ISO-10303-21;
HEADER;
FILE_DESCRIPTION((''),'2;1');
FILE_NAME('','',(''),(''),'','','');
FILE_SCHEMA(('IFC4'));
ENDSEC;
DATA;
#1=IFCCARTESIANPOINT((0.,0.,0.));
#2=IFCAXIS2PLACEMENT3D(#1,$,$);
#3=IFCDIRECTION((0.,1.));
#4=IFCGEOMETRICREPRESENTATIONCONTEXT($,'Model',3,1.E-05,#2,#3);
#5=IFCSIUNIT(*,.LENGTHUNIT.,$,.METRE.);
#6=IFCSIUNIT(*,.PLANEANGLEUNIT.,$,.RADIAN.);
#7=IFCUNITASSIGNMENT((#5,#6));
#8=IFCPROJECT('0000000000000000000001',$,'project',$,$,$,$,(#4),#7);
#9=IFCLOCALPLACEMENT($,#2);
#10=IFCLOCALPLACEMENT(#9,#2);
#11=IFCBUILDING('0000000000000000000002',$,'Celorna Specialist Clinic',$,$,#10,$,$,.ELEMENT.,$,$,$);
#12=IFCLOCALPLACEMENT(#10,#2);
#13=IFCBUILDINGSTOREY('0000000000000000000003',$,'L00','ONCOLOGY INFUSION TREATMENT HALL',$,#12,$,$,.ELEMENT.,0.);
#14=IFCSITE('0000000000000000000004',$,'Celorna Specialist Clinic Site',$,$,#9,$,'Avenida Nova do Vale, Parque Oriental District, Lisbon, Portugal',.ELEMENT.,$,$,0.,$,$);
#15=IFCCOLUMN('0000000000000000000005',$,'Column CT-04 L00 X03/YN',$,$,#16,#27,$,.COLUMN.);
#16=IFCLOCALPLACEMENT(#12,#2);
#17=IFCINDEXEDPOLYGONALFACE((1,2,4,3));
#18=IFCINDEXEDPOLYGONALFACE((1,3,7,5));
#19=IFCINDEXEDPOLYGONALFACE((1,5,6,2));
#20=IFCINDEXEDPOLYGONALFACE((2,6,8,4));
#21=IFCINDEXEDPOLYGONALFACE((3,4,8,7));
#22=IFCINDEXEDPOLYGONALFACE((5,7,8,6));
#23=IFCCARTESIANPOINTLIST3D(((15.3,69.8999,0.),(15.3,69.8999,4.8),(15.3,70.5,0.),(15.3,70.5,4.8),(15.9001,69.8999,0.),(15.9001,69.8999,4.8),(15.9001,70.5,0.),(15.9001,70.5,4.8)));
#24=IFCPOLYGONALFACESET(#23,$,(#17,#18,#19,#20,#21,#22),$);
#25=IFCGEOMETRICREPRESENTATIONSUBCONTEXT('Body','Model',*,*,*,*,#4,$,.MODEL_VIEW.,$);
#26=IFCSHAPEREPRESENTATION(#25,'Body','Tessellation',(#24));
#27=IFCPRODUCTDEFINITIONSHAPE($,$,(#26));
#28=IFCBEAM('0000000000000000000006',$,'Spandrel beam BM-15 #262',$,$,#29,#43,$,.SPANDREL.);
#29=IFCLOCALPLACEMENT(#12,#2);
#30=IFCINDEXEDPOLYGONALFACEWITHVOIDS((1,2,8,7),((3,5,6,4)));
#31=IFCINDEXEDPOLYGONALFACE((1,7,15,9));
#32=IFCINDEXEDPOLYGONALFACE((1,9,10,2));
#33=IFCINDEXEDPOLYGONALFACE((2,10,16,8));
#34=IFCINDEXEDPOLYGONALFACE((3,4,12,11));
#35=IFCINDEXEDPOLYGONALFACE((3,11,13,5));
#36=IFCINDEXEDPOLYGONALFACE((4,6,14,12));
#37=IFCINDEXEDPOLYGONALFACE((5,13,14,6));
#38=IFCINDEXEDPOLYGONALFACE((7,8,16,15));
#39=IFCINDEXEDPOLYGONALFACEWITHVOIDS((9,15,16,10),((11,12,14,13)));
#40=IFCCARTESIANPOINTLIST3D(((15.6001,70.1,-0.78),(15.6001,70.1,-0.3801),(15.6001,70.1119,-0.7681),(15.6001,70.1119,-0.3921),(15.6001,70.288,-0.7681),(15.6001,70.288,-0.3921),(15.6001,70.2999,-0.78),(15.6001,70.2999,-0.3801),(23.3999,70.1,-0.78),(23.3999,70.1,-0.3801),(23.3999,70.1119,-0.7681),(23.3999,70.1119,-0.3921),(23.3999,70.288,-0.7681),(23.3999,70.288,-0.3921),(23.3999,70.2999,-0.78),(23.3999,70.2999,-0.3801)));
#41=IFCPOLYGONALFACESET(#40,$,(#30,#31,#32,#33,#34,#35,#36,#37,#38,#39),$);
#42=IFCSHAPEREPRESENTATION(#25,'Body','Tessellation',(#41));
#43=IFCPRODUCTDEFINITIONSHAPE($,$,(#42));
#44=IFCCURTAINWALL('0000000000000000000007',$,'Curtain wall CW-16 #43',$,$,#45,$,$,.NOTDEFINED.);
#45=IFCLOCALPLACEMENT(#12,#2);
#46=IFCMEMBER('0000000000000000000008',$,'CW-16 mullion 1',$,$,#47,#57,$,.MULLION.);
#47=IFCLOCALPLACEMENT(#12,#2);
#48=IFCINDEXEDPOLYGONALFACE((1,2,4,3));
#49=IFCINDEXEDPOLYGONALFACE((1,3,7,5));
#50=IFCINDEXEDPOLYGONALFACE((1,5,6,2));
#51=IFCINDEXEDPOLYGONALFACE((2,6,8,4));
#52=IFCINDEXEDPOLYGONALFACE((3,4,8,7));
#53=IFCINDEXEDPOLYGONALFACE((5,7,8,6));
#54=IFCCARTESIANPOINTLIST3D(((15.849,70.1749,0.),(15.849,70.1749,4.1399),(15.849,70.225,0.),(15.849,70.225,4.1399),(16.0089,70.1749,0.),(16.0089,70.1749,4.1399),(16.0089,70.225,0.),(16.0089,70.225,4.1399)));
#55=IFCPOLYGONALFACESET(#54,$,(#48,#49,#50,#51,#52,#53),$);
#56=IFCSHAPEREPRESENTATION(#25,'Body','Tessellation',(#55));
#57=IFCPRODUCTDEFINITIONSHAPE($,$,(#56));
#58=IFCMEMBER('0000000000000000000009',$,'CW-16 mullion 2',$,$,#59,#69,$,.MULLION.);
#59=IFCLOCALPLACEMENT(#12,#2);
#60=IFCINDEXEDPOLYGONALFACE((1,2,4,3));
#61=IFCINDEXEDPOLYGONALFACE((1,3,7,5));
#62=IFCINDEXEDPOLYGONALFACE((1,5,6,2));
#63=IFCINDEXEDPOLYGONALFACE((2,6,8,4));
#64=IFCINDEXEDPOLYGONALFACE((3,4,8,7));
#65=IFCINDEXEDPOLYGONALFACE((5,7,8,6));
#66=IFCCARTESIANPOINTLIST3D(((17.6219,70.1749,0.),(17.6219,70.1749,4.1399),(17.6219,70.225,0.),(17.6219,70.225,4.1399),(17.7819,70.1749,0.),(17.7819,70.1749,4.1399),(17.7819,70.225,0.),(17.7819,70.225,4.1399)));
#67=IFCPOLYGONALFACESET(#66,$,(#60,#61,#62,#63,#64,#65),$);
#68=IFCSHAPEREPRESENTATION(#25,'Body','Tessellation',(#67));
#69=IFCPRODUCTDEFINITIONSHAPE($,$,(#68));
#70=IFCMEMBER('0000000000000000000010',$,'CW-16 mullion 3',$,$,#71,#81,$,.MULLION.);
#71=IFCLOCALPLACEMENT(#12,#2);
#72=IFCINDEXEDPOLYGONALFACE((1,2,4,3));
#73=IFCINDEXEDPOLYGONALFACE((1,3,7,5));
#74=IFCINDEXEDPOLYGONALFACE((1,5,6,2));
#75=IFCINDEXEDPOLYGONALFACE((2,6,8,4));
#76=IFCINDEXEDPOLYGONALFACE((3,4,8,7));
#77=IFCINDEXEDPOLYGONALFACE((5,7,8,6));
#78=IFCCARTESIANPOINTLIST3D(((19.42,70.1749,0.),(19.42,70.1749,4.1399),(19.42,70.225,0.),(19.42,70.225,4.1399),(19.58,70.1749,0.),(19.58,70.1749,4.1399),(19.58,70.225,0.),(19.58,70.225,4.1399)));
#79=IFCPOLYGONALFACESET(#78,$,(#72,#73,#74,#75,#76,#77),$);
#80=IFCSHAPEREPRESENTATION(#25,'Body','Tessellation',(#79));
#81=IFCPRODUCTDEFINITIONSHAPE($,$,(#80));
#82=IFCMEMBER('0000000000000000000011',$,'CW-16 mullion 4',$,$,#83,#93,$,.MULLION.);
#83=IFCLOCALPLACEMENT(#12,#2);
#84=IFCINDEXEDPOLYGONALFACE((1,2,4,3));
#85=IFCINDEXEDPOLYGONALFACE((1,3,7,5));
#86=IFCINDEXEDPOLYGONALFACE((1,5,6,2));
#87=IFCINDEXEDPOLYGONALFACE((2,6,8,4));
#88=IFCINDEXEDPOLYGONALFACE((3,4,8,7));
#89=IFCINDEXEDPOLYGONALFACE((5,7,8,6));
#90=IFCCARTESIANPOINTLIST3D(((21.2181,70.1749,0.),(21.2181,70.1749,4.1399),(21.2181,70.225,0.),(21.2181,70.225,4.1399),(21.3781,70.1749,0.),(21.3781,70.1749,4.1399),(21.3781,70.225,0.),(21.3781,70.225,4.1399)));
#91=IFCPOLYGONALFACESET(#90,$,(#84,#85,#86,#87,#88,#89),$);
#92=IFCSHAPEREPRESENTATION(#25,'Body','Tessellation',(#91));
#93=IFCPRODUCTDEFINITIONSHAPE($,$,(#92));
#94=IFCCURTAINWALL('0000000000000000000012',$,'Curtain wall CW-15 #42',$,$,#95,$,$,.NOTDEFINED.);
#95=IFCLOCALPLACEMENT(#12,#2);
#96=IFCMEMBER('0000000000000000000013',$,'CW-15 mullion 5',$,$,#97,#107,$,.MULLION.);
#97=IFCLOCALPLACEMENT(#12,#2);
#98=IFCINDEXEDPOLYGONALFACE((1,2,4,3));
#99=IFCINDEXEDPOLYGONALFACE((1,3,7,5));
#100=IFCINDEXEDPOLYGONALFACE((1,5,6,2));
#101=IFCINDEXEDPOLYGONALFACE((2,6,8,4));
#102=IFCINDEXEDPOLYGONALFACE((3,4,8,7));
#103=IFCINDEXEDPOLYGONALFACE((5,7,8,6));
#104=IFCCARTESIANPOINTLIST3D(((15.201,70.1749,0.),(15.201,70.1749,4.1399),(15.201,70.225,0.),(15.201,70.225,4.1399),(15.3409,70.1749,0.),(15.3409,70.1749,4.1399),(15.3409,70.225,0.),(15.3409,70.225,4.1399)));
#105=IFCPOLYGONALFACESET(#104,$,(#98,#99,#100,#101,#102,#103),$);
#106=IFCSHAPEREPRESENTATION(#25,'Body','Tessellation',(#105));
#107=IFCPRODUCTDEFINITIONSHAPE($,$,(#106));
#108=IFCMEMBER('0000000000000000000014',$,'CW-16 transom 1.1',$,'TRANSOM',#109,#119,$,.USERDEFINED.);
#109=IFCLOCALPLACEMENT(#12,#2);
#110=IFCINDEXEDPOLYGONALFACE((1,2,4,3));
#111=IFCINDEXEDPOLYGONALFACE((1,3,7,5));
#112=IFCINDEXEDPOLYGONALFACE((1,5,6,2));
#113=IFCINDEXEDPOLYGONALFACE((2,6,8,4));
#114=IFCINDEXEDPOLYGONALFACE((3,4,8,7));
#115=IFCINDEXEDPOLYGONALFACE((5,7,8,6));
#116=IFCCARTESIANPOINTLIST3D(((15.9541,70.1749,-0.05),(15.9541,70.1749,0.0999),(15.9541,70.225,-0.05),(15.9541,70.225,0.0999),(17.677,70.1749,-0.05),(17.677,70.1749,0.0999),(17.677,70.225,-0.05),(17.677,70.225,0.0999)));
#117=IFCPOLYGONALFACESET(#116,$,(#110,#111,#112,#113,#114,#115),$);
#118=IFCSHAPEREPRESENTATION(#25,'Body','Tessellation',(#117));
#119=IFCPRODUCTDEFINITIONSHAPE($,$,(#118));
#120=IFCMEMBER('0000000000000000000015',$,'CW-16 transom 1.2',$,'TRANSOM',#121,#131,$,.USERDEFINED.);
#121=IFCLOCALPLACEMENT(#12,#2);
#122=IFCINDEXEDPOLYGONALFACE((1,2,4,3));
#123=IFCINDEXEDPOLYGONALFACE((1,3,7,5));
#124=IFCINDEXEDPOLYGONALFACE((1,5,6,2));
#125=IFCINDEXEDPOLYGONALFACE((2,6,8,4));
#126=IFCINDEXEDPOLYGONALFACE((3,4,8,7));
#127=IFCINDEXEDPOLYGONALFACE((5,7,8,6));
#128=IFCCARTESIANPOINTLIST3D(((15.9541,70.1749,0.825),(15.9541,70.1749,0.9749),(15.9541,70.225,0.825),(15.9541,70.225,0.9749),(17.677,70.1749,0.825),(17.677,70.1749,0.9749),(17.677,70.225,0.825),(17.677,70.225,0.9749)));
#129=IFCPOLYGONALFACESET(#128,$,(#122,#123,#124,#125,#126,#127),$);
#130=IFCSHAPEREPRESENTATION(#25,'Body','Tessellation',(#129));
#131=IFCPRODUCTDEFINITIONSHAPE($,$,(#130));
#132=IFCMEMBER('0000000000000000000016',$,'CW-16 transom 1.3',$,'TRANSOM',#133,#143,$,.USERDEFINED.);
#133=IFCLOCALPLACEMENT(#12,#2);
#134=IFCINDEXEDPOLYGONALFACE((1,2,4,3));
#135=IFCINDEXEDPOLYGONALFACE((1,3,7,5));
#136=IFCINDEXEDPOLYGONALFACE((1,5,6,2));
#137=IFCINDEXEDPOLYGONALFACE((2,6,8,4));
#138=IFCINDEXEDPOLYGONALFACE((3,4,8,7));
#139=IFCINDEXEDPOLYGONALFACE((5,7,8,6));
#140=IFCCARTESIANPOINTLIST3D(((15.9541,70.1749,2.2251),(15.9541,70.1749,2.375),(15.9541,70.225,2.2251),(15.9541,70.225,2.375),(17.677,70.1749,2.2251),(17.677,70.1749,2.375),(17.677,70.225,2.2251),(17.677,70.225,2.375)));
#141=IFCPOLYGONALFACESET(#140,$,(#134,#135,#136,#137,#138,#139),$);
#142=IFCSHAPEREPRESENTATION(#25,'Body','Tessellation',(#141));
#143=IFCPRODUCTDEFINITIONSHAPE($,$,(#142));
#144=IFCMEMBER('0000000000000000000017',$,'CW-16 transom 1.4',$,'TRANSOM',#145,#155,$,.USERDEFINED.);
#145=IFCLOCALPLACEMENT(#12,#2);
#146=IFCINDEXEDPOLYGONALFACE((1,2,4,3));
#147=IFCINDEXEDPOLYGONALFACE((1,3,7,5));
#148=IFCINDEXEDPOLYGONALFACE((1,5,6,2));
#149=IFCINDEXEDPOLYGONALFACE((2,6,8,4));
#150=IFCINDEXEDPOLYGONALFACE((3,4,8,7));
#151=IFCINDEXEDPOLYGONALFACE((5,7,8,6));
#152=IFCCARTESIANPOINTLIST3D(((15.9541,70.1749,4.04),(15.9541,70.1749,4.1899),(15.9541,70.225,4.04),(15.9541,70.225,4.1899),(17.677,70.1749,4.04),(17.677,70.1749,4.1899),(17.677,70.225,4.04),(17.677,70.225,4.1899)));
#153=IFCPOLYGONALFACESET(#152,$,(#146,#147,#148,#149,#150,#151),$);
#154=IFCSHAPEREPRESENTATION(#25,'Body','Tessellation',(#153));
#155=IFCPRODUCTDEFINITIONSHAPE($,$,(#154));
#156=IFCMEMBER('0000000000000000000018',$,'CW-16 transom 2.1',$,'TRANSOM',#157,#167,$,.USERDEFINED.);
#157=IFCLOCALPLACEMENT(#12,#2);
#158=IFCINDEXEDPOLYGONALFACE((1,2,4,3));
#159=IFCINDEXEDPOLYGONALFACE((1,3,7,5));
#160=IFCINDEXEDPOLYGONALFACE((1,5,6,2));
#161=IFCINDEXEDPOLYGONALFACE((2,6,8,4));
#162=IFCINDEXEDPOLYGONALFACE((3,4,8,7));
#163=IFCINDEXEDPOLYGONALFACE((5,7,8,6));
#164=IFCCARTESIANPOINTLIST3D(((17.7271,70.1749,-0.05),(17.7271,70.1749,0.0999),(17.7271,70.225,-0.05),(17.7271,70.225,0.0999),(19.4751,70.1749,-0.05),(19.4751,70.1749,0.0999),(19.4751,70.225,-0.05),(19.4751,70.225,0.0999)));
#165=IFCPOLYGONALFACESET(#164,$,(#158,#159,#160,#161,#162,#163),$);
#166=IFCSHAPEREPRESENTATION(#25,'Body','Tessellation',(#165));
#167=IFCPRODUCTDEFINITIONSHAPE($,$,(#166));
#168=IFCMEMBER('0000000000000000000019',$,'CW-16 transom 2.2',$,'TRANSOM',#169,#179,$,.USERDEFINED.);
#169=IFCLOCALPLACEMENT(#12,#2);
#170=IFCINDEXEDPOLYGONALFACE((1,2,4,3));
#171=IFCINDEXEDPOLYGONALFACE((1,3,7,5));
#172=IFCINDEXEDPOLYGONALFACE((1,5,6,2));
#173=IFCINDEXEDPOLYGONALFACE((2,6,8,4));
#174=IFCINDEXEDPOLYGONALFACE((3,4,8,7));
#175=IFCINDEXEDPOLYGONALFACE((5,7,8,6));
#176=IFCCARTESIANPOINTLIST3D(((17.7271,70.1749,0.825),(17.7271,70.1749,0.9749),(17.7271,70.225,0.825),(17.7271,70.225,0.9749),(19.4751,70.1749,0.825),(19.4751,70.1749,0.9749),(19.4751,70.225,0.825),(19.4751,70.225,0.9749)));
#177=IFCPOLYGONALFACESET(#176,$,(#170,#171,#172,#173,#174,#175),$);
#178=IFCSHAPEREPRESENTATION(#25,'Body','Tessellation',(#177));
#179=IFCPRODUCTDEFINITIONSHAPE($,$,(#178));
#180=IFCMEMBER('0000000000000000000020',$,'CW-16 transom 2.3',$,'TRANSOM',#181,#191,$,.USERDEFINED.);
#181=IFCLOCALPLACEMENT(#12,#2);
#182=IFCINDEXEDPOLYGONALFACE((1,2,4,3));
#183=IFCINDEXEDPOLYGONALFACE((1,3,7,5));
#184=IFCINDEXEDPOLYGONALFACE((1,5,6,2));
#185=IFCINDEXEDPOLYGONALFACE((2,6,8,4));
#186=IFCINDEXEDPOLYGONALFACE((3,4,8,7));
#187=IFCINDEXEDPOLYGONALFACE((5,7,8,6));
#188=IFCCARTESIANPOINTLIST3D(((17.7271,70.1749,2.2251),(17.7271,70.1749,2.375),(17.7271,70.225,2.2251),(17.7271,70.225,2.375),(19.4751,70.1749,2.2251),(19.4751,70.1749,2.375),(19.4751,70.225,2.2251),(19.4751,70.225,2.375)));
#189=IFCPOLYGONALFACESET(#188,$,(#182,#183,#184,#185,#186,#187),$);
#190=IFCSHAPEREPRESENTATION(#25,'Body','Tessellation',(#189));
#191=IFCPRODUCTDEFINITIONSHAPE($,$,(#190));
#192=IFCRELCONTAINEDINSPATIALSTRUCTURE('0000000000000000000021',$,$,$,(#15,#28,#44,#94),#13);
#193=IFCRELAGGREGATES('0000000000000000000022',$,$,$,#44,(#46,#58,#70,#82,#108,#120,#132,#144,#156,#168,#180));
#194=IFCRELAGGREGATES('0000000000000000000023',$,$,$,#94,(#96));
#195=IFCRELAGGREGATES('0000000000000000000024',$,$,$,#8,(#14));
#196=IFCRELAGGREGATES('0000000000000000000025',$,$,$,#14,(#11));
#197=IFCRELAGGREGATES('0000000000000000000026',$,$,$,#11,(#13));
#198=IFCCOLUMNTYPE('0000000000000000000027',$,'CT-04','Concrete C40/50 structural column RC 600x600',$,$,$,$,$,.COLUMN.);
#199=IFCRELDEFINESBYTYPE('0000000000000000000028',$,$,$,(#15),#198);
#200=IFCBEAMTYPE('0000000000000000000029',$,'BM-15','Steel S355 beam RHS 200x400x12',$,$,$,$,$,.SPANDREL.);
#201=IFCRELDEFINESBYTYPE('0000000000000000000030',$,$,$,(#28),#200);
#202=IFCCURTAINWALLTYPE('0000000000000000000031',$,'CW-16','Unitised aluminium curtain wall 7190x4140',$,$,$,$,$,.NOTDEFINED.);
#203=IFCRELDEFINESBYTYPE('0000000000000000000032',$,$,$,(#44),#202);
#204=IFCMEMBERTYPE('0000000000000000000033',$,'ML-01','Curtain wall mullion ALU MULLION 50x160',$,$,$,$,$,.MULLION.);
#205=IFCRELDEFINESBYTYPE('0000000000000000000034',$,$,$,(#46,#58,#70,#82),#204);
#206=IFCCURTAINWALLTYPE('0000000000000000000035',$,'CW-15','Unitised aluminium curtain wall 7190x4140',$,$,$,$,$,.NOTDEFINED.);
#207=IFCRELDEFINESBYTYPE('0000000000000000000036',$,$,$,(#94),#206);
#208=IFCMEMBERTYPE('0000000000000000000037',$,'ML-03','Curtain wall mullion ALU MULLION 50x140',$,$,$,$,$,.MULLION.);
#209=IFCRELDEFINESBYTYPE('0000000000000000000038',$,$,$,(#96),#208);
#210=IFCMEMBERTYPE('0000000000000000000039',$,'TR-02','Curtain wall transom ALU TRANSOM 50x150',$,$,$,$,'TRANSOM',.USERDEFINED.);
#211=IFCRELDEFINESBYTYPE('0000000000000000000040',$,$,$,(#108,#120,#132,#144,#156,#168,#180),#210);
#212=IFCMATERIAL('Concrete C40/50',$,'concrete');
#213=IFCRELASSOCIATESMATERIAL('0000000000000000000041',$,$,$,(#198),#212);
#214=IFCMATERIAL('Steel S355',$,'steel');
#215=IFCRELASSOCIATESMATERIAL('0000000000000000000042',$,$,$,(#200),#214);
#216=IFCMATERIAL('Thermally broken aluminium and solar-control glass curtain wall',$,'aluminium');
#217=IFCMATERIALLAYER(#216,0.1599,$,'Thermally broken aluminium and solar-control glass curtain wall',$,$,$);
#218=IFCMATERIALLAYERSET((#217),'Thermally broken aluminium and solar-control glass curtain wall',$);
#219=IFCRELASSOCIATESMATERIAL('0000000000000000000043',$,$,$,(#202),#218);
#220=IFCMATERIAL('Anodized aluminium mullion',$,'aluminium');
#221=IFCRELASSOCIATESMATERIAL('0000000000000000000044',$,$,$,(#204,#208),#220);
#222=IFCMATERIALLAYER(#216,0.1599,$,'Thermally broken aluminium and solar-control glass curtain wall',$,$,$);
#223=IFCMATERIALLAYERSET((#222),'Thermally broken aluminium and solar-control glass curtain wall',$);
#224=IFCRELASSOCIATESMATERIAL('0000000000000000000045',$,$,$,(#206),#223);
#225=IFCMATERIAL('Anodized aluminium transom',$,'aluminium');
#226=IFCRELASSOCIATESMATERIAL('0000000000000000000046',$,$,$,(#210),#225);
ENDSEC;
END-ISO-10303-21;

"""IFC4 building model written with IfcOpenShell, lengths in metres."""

from ifc_helpers import new_model, si_unit, direction, frame, origin, origin_2d, place, context, subcontext, project, spatial, rectangle, hollow_rectangle, extrude, material, layer, layer_set, material_profile, profile_set, type_object, element, aggregate, save


model = new_model("IFC4")

# Units and contexts
model_context = context("Model", 3, precision=1e-05, world=origin(), true_north=direction((0.0, 1.0)))
body_context = subcontext(model_context, "Body", "Model", "MODEL_VIEW")
ifc_project = project(units=[si_unit("LENGTHUNIT", "METRE"), si_unit("PLANEANGLEUNIT", "RADIAN")], contexts=[model_context])

# Site, building, storey
site_placement = place(None, origin())
site = spatial("IfcSite", under=ifc_project, at=site_placement, Name="Celorna Specialist Clinic Site", LongName="Avenida Nova do Vale, Parque Oriental District, Lisbon, Portugal", CompositionType="ELEMENT", RefElevation=0.0)
building_placement = place(site_placement, origin())
building = spatial("IfcBuilding", under=site, at=building_placement, Name="Celorna Specialist Clinic", CompositionType="ELEMENT")
storey_placement = place(building_placement, origin())
storey = spatial("IfcBuildingStorey", under=building, at=storey_placement, Name="L00", Description="ONCOLOGY INFUSION TREATMENT HALL", CompositionType="ELEMENT", Elevation=0.0)

# Column
ifc_material_1 = material(Name="Concrete C40/50", Category="concrete")
ifc_material_profile_1 = material_profile(ifc_material_1, rectangle(XDim=0.6001, YDim=0.6001, at=origin_2d()), Name="RC 600x600")
ifc_profile_set_1 = profile_set([ifc_material_profile_1], Name="Concrete C40/50")
column_type = type_object("IfcColumnType", Name="CT-04", Description="Concrete C40/50 structural column RC 600x600", PredefinedType="COLUMN", material=ifc_profile_set_1)
column_placement = place(storey_placement, frame((15.6001, 70.2, 0.0), z_axis=(0.0, 0.0, 1.0), x_axis=(1.0, 0.0, 0.0)))
element("IfcColumn", 1, at=column_placement, inside=storey, type_object=column_type, Name="Column CT-04 L00 X03/YN", PredefinedType="COLUMN", context=body_context, shape_type="SweptSolid", body=[
    extrude(rectangle(XDim=0.6001, YDim=0.6001, at=origin_2d()), origin(), (0.0, 0.0, 1.0), 4.8),
])

# Beam
ifc_material_2 = material(Name="Steel S355", Category="steel")
ifc_material_profile_2 = material_profile(ifc_material_2, hollow_rectangle(XDim=0.2, YDim=0.3999, WallThickness=0.012, at=origin_2d()), Name="RHS 200x400x12")
ifc_profile_set_2 = profile_set([ifc_material_profile_2], Name="Steel S355")
beam_type = type_object("IfcBeamType", Name="BM-15", Description="Steel S355 beam RHS 200x400x12", PredefinedType="SPANDREL", material=ifc_profile_set_2)
beam_placement = place(storey_placement, frame((15.6001, 70.2, -0.5801), z_axis=(1.0, 0.0, 0.0), x_axis=(0.0, 1.0, 0.0)))
element("IfcBeam", 2, at=beam_placement, inside=storey, type_object=beam_type, Name="Spandrel beam BM-15 #262", PredefinedType="SPANDREL", context=body_context, shape_type="SweptSolid", body=[
    extrude(hollow_rectangle(XDim=0.2, YDim=0.3999, WallThickness=0.012, at=origin_2d()), origin(), (0.0, 0.0, 1.0), 7.7998),
])

# Curtain wall, members
ifc_material_3 = material(Name="Thermally broken aluminium and solar-control glass curtain wall", Category="aluminium")
ifc_layer_1 = layer(ifc_material_3, 0.1599, Name="Thermally broken aluminium and solar-control glass curtain wall")
ifc_layer_set_1 = layer_set([ifc_layer_1], Name="Thermally broken aluminium and solar-control glass curtain wall")
curtain_wall_type_1 = type_object("IfcCurtainWallType", Name="CW-16", Description="Unitised aluminium curtain wall 7190x4140", PredefinedType="NOTDEFINED", material=ifc_layer_set_1)
curtain_wall_1_placement = place(storey_placement, origin())
curtain_wall_1 = element("IfcCurtainWall", 3, at=curtain_wall_1_placement, inside=storey, type_object=curtain_wall_type_1, Name="Curtain wall CW-16 #43", PredefinedType="NOTDEFINED")
ifc_material_4 = material(Name="Anodized aluminium mullion", Category="aluminium")
ifc_material_profile_3 = material_profile(ifc_material_4, rectangle(XDim=0.05, YDim=0.1599, at=origin_2d()), Name="ALU MULLION 50x160")
ifc_profile_set_3 = profile_set([ifc_material_profile_3], Name="Anodized aluminium mullion")
member_type_1 = type_object("IfcMemberType", Name="ML-01", Description="Curtain wall mullion ALU MULLION 50x160", PredefinedType="MULLION", material=ifc_profile_set_3)
member_1_placement = place(storey_placement, frame((15.929, 70.2, 0.0), z_axis=(0.0, 0.0, 1.0), x_axis=(0.0, 1.0, 0.0)))
member_1 = element("IfcMember", 4, at=member_1_placement, type_object=member_type_1, Name="CW-16 mullion 1", PredefinedType="MULLION", context=body_context, shape_type="SweptSolid", body=[
    extrude(rectangle(XDim=0.05, YDim=0.1599, at=origin_2d()), origin(), (0.0, 0.0, 1.0), 4.1399),
])
member_2_placement = place(storey_placement, frame((17.7019, 70.2, 0.0), z_axis=(0.0, 0.0, 1.0), x_axis=(0.0, 1.0, 0.0)))
member_2 = element("IfcMember", 5, at=member_2_placement, type_object=member_type_1, Name="CW-16 mullion 2", PredefinedType="MULLION", context=body_context, shape_type="SweptSolid", body=[
    extrude(rectangle(XDim=0.05, YDim=0.1599, at=origin_2d()), origin(), (0.0, 0.0, 1.0), 4.1399),
])
member_3_placement = place(storey_placement, frame((19.5, 70.2, 0.0), z_axis=(0.0, 0.0, 1.0), x_axis=(0.0, 1.0, 0.0)))
member_3 = element("IfcMember", 6, at=member_3_placement, type_object=member_type_1, Name="CW-16 mullion 3", PredefinedType="MULLION", context=body_context, shape_type="SweptSolid", body=[
    extrude(rectangle(XDim=0.05, YDim=0.1599, at=origin_2d()), origin(), (0.0, 0.0, 1.0), 4.1399),
])
member_4_placement = place(storey_placement, frame((21.2981, 70.2, 0.0), z_axis=(0.0, 0.0, 1.0), x_axis=(0.0, 1.0, 0.0)))
member_4 = element("IfcMember", 7, at=member_4_placement, type_object=member_type_1, Name="CW-16 mullion 4", PredefinedType="MULLION", context=body_context, shape_type="SweptSolid", body=[
    extrude(rectangle(XDim=0.05, YDim=0.1599, at=origin_2d()), origin(), (0.0, 0.0, 1.0), 4.1399),
])

# Curtain wall, member
ifc_layer_2 = layer(ifc_material_3, 0.1599, Name="Thermally broken aluminium and solar-control glass curtain wall")
ifc_layer_set_2 = layer_set([ifc_layer_2], Name="Thermally broken aluminium and solar-control glass curtain wall")
curtain_wall_type_2 = type_object("IfcCurtainWallType", Name="CW-15", Description="Unitised aluminium curtain wall 7190x4140", PredefinedType="NOTDEFINED", material=ifc_layer_set_2)
curtain_wall_2_placement = place(storey_placement, origin())
curtain_wall_2 = element("IfcCurtainWall", 8, at=curtain_wall_2_placement, inside=storey, type_object=curtain_wall_type_2, Name="Curtain wall CW-15 #42", PredefinedType="NOTDEFINED")
ifc_material_profile_4 = material_profile(ifc_material_4, rectangle(XDim=0.05, YDim=0.1399, at=origin_2d()), Name="ALU MULLION 50x140")
ifc_profile_set_4 = profile_set([ifc_material_profile_4], Name="Anodized aluminium mullion")
member_type_2 = type_object("IfcMemberType", Name="ML-03", Description="Curtain wall mullion ALU MULLION 50x140", PredefinedType="MULLION", material=ifc_profile_set_4)
member_5_placement = place(storey_placement, frame((15.271, 70.2, 0.0), z_axis=(0.0, 0.0, 1.0), x_axis=(0.0, 1.0, 0.0)))
member_5 = element("IfcMember", 9, at=member_5_placement, type_object=member_type_2, Name="CW-15 mullion 5", PredefinedType="MULLION", context=body_context, shape_type="SweptSolid", body=[
    extrude(rectangle(XDim=0.05, YDim=0.1399, at=origin_2d()), origin(), (0.0, 0.0, 1.0), 4.1399),
])

# Members
ifc_material_5 = material(Name="Anodized aluminium transom", Category="aluminium")
ifc_material_profile_5 = material_profile(ifc_material_5, rectangle(XDim=0.05, YDim=0.1499, at=origin_2d()), Name="ALU TRANSOM 50x150")
ifc_profile_set_5 = profile_set([ifc_material_profile_5], Name="Anodized aluminium transom")
member_type_3 = type_object("IfcMemberType", Name="TR-02", Description="Curtain wall transom ALU TRANSOM 50x150", ElementType="TRANSOM", PredefinedType="USERDEFINED", material=ifc_profile_set_5)
member_6_placement = place(storey_placement, frame((15.9541, 70.2, 0.0249), z_axis=(1.0, 0.0, 0.0), x_axis=(0.0, 1.0, 0.0)))
member_6 = element("IfcMember", 10, at=member_6_placement, type_object=member_type_3, Name="CW-16 transom 1.1", ObjectType="TRANSOM", PredefinedType="USERDEFINED", context=body_context, shape_type="SweptSolid", body=[
    extrude(rectangle(XDim=0.05, YDim=0.1499, at=origin_2d()), origin(), (0.0, 0.0, 1.0), 1.7229),
])
member_7_placement = place(storey_placement, frame((15.9541, 70.2, 0.8999), z_axis=(1.0, 0.0, 0.0), x_axis=(0.0, 1.0, 0.0)))
member_7 = element("IfcMember", 11, at=member_7_placement, type_object=member_type_3, Name="CW-16 transom 1.2", ObjectType="TRANSOM", PredefinedType="USERDEFINED", context=body_context, shape_type="SweptSolid", body=[
    extrude(rectangle(XDim=0.05, YDim=0.1499, at=origin_2d()), origin(), (0.0, 0.0, 1.0), 1.7229),
])
member_8_placement = place(storey_placement, frame((15.9541, 70.2, 2.3), z_axis=(1.0, 0.0, 0.0), x_axis=(0.0, 1.0, 0.0)))
member_8 = element("IfcMember", 12, at=member_8_placement, type_object=member_type_3, Name="CW-16 transom 1.3", ObjectType="TRANSOM", PredefinedType="USERDEFINED", context=body_context, shape_type="SweptSolid", body=[
    extrude(rectangle(XDim=0.05, YDim=0.1499, at=origin_2d()), origin(), (0.0, 0.0, 1.0), 1.7229),
])
member_9_placement = place(storey_placement, frame((15.9541, 70.2, 4.115), z_axis=(1.0, 0.0, 0.0), x_axis=(0.0, 1.0, 0.0)))
member_9 = element("IfcMember", 13, at=member_9_placement, type_object=member_type_3, Name="CW-16 transom 1.4", ObjectType="TRANSOM", PredefinedType="USERDEFINED", context=body_context, shape_type="SweptSolid", body=[
    extrude(rectangle(XDim=0.05, YDim=0.1499, at=origin_2d()), origin(), (0.0, 0.0, 1.0), 1.7229),
])
member_10_placement = place(storey_placement, frame((17.7271, 70.2, 0.0249), z_axis=(1.0, 0.0, 0.0), x_axis=(0.0, 1.0, 0.0)))
member_10 = element("IfcMember", 14, at=member_10_placement, type_object=member_type_3, Name="CW-16 transom 2.1", ObjectType="TRANSOM", PredefinedType="USERDEFINED", context=body_context, shape_type="SweptSolid", body=[
    extrude(rectangle(XDim=0.05, YDim=0.1499, at=origin_2d()), origin(), (0.0, 0.0, 1.0), 1.748),
])
member_11_placement = place(storey_placement, frame((17.7271, 70.2, 0.8999), z_axis=(1.0, 0.0, 0.0), x_axis=(0.0, 1.0, 0.0)))
member_11 = element("IfcMember", 15, at=member_11_placement, type_object=member_type_3, Name="CW-16 transom 2.2", ObjectType="TRANSOM", PredefinedType="USERDEFINED", context=body_context, shape_type="SweptSolid", body=[
    extrude(rectangle(XDim=0.05, YDim=0.1499, at=origin_2d()), origin(), (0.0, 0.0, 1.0), 1.748),
])
member_12_placement = place(storey_placement, frame((17.7271, 70.2, 2.3), z_axis=(1.0, 0.0, 0.0), x_axis=(0.0, 1.0, 0.0)))
member_12 = element("IfcMember", 16, at=member_12_placement, type_object=member_type_3, Name="CW-16 transom 2.3", ObjectType="TRANSOM", PredefinedType="USERDEFINED", context=body_context, shape_type="SweptSolid", body=[
    extrude(rectangle(XDim=0.05, YDim=0.1499, at=origin_2d()), origin(), (0.0, 0.0, 1.0), 1.748),
])

aggregate(curtain_wall_1, [member_1, member_2, member_3, member_4, member_6, member_7, member_8, member_9, member_10, member_11, member_12])
aggregate(curtain_wall_2, [member_5])

save(model, "model.ifc")
